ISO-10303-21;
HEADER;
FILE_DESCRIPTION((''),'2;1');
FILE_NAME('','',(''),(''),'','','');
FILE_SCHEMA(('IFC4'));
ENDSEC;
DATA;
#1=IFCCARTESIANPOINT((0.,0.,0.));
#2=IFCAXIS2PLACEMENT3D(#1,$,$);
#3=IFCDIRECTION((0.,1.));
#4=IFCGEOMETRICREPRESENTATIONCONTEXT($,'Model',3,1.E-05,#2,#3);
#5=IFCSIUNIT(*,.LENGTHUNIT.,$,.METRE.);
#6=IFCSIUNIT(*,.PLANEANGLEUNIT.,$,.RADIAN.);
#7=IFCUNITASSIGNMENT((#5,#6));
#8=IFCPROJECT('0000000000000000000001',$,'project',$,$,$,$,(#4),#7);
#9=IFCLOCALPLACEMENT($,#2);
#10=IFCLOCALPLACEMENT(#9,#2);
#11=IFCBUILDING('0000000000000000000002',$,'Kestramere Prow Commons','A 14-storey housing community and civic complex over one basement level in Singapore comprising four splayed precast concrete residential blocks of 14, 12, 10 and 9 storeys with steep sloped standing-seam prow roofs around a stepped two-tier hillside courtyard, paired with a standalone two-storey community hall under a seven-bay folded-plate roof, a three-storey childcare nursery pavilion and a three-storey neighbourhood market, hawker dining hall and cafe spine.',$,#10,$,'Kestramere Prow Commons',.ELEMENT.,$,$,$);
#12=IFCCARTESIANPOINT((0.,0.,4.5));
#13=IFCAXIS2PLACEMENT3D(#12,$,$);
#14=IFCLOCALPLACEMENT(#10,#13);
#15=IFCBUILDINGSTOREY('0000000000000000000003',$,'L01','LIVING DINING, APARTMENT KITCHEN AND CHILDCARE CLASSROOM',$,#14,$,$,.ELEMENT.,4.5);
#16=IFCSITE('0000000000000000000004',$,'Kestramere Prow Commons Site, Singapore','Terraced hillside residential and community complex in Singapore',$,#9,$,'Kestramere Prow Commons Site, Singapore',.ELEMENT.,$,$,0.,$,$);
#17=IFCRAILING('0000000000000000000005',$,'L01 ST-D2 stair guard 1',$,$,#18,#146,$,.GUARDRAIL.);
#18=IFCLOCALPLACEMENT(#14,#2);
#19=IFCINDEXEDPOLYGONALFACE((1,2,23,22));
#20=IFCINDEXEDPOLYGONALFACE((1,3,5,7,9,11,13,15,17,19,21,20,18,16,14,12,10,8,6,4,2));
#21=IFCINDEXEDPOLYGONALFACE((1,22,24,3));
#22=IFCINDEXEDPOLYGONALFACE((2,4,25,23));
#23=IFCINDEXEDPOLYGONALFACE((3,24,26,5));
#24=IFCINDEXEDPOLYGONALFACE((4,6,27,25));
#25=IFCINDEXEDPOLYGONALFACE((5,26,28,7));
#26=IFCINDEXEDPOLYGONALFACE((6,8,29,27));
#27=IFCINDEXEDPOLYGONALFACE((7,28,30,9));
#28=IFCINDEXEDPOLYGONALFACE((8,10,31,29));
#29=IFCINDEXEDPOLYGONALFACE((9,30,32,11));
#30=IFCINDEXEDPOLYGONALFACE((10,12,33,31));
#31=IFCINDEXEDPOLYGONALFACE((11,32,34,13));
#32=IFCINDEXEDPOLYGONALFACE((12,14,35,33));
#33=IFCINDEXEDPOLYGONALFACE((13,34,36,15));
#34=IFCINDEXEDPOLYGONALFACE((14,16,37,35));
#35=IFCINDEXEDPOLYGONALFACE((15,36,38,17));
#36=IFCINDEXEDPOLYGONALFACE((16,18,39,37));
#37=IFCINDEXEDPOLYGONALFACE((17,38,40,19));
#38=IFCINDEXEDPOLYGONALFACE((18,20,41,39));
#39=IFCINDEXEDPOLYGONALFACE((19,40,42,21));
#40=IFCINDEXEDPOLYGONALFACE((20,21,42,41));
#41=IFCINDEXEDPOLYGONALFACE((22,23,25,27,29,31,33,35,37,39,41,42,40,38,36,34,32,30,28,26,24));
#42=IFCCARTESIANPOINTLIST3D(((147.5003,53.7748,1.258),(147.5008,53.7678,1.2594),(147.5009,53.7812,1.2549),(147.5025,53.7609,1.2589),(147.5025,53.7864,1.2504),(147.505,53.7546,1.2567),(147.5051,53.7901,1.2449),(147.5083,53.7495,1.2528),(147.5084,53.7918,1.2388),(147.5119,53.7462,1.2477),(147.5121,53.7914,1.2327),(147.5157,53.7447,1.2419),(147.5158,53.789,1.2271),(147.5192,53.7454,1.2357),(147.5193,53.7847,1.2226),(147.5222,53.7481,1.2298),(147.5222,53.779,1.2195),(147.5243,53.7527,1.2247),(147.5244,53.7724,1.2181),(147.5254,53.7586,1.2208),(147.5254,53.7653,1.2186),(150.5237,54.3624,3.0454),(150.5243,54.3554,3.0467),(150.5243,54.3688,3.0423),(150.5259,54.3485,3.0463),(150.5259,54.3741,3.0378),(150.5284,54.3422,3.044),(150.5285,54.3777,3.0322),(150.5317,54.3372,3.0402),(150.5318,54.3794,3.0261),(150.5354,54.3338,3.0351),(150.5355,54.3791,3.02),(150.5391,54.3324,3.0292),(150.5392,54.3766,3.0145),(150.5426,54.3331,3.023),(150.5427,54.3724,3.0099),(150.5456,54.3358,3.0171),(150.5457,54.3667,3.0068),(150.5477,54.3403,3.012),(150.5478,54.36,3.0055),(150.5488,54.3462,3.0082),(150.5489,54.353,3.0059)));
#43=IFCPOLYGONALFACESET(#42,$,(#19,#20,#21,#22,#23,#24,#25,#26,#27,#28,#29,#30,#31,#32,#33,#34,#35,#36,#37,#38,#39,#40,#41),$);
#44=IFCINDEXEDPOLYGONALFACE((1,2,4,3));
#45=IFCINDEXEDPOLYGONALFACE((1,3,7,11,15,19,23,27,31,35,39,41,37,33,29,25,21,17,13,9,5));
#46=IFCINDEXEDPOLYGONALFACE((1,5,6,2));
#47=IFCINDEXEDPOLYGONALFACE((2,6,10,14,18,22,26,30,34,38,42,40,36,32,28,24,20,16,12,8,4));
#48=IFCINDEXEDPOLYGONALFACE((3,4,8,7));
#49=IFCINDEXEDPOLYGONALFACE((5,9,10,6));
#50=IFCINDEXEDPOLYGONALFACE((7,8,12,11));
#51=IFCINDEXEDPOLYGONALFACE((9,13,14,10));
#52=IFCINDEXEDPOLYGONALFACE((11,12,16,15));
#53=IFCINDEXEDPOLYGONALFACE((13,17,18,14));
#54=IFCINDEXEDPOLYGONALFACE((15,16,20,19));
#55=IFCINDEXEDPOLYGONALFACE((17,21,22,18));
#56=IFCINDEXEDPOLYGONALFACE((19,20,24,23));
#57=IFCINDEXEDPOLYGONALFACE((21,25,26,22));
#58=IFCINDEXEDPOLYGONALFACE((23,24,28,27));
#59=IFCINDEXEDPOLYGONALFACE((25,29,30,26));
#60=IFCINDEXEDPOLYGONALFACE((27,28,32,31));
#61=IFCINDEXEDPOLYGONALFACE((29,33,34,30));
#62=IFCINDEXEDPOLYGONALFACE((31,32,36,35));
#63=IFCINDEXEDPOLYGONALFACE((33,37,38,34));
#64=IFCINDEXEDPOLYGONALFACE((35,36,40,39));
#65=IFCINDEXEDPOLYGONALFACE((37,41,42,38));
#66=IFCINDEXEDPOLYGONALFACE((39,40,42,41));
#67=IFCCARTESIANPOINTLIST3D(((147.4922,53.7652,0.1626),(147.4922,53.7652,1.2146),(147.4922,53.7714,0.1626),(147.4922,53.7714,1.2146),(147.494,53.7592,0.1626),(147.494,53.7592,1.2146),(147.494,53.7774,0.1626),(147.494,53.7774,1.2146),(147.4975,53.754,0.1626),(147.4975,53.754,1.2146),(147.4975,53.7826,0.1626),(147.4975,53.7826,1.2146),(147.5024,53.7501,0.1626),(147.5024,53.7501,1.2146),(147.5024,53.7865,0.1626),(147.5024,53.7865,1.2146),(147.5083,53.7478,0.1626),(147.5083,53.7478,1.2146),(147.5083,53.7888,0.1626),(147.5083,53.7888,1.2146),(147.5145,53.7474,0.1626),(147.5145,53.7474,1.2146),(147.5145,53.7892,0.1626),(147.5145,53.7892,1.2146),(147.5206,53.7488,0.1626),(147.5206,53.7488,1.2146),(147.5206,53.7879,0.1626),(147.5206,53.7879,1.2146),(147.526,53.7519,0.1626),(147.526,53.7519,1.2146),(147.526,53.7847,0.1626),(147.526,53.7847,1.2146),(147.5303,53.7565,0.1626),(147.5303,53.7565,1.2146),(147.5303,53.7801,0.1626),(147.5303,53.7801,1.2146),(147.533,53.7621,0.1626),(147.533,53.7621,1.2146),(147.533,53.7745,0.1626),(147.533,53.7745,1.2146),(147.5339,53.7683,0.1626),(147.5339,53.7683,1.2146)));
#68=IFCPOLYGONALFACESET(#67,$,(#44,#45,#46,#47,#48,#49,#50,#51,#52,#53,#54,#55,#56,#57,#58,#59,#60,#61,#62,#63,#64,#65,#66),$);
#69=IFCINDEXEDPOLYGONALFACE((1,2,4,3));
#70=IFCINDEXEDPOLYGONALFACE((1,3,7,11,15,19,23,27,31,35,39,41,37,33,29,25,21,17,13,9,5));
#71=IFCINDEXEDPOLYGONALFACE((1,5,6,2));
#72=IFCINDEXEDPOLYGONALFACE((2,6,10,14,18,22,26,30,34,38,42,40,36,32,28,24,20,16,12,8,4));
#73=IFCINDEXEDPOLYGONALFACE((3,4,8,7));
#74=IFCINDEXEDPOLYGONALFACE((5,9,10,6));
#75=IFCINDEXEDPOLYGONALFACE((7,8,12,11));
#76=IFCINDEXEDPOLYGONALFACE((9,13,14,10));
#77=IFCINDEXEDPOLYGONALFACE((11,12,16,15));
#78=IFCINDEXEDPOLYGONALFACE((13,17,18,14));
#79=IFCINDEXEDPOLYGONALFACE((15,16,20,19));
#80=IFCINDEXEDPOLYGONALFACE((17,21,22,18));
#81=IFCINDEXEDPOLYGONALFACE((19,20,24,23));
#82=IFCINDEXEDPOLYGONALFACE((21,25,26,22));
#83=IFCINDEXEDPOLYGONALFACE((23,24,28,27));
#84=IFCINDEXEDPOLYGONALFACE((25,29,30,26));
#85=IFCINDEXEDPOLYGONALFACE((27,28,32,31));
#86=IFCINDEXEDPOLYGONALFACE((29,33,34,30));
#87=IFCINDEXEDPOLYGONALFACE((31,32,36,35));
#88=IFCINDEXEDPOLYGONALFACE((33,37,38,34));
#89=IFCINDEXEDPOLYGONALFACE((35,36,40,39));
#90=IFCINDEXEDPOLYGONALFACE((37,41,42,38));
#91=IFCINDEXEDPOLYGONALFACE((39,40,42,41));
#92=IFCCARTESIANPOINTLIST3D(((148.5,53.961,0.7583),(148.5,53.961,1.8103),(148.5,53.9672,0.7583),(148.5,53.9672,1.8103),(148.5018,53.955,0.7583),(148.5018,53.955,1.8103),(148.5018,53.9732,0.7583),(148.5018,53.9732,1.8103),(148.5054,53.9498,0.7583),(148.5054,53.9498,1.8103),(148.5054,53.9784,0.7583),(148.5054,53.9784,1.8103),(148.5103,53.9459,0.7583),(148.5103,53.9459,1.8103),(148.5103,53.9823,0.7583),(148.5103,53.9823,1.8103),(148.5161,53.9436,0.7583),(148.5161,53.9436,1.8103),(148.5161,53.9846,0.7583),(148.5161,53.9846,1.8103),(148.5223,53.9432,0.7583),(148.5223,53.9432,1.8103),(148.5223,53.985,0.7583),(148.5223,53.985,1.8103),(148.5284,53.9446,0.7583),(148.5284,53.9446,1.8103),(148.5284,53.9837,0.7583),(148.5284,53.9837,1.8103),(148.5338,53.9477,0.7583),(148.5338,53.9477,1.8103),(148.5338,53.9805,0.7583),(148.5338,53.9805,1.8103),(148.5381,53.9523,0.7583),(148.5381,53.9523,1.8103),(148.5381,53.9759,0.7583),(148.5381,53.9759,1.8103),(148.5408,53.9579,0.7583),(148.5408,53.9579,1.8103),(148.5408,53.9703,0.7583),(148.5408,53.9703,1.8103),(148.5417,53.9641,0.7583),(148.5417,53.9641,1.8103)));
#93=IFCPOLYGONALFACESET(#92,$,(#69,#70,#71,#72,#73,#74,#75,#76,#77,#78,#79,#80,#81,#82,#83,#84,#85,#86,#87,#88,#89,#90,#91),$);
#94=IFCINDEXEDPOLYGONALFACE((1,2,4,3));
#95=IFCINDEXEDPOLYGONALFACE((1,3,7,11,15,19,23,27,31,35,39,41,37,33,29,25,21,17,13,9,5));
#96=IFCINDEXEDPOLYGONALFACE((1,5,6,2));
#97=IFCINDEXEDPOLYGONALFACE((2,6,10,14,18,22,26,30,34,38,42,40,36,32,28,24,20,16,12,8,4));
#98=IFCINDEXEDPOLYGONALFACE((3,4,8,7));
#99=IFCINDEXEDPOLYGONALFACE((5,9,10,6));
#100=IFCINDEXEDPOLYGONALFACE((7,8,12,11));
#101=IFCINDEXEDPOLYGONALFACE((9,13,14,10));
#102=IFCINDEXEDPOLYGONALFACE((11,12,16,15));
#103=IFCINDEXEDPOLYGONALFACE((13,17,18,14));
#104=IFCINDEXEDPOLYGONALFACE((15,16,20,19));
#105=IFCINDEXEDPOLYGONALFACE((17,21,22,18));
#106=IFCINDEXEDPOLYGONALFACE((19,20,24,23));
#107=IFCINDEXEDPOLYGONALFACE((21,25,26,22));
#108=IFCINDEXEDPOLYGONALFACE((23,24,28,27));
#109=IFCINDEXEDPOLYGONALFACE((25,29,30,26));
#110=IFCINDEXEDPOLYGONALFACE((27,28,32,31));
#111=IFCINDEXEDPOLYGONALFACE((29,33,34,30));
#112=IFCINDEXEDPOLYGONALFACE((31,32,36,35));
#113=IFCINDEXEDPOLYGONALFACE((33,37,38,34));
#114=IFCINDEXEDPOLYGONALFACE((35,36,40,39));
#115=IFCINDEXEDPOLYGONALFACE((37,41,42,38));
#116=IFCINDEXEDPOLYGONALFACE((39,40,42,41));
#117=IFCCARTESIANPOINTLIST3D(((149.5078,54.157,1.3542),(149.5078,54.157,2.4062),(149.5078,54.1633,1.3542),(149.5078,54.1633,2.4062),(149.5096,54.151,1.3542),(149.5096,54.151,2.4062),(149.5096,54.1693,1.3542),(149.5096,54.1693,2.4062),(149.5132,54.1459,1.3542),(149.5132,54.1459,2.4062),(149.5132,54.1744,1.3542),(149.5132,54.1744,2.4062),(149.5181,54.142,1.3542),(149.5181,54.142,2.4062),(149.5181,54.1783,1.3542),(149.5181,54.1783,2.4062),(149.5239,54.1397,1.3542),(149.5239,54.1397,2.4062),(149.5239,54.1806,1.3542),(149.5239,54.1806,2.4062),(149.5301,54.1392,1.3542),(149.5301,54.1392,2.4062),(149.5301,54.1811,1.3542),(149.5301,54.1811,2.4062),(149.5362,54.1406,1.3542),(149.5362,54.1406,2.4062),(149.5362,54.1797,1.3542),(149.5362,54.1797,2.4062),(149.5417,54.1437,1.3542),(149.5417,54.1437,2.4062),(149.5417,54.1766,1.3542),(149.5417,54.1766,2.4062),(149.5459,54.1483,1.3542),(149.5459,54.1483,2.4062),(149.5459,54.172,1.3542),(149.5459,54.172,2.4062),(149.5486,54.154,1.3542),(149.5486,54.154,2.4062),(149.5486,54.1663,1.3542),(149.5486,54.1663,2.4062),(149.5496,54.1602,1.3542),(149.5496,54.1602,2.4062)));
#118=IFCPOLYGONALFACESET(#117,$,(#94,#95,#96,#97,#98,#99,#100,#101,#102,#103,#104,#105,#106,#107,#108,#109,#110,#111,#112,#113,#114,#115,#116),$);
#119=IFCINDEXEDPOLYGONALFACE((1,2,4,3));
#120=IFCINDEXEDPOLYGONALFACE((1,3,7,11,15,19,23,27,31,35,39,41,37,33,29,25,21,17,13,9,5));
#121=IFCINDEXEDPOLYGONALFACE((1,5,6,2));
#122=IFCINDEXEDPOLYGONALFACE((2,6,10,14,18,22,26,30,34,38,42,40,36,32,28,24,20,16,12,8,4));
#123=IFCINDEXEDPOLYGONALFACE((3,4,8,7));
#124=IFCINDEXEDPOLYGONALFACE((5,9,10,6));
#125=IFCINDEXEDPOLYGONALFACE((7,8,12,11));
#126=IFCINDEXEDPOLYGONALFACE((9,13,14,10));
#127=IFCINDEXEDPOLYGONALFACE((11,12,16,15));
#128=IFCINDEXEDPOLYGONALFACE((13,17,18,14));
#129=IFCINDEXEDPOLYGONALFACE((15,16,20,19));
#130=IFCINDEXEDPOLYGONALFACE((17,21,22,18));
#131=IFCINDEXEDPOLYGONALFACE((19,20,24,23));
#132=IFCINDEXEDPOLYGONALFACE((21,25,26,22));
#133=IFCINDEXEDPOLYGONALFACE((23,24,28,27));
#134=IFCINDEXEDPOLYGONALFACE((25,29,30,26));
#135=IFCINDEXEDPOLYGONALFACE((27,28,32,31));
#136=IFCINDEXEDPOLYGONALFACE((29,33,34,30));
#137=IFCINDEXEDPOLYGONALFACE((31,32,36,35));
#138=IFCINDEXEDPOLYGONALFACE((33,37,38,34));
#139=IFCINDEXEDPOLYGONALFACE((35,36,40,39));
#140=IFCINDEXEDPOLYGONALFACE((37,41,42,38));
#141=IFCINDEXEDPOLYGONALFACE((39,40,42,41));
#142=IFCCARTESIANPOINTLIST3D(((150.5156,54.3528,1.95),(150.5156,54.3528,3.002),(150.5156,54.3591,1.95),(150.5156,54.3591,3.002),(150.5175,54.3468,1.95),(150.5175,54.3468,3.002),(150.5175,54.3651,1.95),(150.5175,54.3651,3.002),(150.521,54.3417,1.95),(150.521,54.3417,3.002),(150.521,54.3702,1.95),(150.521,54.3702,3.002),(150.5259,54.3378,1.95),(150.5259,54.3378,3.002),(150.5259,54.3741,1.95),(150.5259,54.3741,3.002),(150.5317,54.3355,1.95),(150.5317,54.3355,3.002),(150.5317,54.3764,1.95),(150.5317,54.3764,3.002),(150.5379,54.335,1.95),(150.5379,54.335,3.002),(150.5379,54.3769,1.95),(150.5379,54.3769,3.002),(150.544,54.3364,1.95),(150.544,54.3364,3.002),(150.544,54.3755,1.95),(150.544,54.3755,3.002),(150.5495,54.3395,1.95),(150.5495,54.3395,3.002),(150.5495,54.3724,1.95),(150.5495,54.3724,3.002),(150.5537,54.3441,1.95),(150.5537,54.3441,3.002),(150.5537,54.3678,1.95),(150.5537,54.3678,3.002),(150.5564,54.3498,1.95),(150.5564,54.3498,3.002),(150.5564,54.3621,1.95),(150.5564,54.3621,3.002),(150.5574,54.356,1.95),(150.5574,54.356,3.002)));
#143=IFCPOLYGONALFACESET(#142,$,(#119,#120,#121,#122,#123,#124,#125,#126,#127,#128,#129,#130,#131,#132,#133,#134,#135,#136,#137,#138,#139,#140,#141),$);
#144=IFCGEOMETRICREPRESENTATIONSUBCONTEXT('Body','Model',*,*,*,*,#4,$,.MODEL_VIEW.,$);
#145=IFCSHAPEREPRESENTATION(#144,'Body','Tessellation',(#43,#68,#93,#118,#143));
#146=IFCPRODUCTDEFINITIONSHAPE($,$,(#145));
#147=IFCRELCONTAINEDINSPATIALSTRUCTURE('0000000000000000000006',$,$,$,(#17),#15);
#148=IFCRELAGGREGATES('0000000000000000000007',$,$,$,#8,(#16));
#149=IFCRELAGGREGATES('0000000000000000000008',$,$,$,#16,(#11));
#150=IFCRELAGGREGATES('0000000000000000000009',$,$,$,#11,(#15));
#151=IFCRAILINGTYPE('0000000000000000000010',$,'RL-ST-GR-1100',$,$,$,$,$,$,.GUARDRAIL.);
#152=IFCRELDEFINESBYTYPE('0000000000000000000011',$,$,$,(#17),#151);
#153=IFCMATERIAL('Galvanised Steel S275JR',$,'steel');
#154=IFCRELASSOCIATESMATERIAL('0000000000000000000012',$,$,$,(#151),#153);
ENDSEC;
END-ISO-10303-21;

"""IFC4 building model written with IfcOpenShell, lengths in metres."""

from ifc_helpers import new_model, si_unit, direction, frame, origin, origin_2d, place, context, subcontext, project, spatial, circle, extrude, material, type_object, element, save


model = new_model("IFC4")

# Units and contexts
model_context = context("Model", 3, precision=1e-05, world=origin(), true_north=direction((0.0, 1.0)))
body_context = subcontext(model_context, "Body", "Model", "MODEL_VIEW")
ifc_project = project(units=[si_unit("LENGTHUNIT", "METRE"), si_unit("PLANEANGLEUNIT", "RADIAN")], contexts=[model_context])

# Site, building, storey
site_placement = place(None, origin())
site = spatial("IfcSite", under=ifc_project, at=site_placement, Name="Kestramere Prow Commons Site, Singapore", Description="Terraced hillside residential and community complex in Singapore", LongName="Kestramere Prow Commons Site, Singapore", CompositionType="ELEMENT", RefElevation=0.0)
building_placement = place(site_placement, origin())
building = spatial("IfcBuilding", under=site, at=building_placement, Name="Kestramere Prow Commons", Description="A 14-storey housing community and civic complex over one basement level in Singapore comprising four splayed precast concrete residential blocks of 14, 12, 10 and 9 storeys with steep sloped standing-seam prow roofs around a stepped two-tier hillside courtyard, paired with a standalone two-storey community hall under a seven-bay folded-plate roof, a three-storey childcare nursery pavilion and a three-storey neighbourhood market, hawker dining hall and cafe spine.", LongName="Kestramere Prow Commons", CompositionType="ELEMENT")
storey_placement = place(building_placement, frame((0.0, 0.0, 4.5)))
storey = spatial("IfcBuildingStorey", under=building, at=storey_placement, Name="L01", Description="LIVING DINING, APARTMENT KITCHEN AND CHILDCARE CLASSROOM", CompositionType="ELEMENT", Elevation=4.5)

# Railing
ifc_material_1 = material(Name="Galvanised Steel S275JR", Category="steel")
railing_type_1 = type_object("IfcRailingType", Name="RL-ST-GR-1100", PredefinedType="GUARDRAIL", material=ifc_material_1)
railing_1_placement = place(storey_placement, frame((147.5129, 53.7683, 0.1626)))
element("IfcRailing", 1, at=railing_1_placement, inside=storey, type_object=railing_type_1, Name="L01 ST-D2 stair guard 1", PredefinedType="GUARDRAIL", context=body_context, shape_type="SweptSolid", body=[
    extrude(circle(Radius=0.0239, at=origin_2d()), frame((0.0, 0.0, 1.0762), z_axis=(0.849028, 0.16502, 0.501916), x_axis=(-0.190793, 0.98163, 0.0)), (0.0, 0.0, 1.0), 3.561),
    extrude(circle(Radius=0.021, at=origin_2d()), origin(), (0.0, 0.0, 1.0), 1.052),
    extrude(circle(Radius=0.021, at=origin_2d()), frame((1.0078, 0.1958, 0.5957)), (0.0, 0.0, 1.0), 1.052),
    extrude(circle(Radius=0.021, at=origin_2d()), frame((2.0156, 0.3918, 1.1917)), (0.0, 0.0, 1.0), 1.052),
    extrude(circle(Radius=0.021, at=origin_2d()), frame((3.0234, 0.5876, 1.7874)), (0.0, 0.0, 1.0), 1.052),
])

save(model, "model.ifc")
